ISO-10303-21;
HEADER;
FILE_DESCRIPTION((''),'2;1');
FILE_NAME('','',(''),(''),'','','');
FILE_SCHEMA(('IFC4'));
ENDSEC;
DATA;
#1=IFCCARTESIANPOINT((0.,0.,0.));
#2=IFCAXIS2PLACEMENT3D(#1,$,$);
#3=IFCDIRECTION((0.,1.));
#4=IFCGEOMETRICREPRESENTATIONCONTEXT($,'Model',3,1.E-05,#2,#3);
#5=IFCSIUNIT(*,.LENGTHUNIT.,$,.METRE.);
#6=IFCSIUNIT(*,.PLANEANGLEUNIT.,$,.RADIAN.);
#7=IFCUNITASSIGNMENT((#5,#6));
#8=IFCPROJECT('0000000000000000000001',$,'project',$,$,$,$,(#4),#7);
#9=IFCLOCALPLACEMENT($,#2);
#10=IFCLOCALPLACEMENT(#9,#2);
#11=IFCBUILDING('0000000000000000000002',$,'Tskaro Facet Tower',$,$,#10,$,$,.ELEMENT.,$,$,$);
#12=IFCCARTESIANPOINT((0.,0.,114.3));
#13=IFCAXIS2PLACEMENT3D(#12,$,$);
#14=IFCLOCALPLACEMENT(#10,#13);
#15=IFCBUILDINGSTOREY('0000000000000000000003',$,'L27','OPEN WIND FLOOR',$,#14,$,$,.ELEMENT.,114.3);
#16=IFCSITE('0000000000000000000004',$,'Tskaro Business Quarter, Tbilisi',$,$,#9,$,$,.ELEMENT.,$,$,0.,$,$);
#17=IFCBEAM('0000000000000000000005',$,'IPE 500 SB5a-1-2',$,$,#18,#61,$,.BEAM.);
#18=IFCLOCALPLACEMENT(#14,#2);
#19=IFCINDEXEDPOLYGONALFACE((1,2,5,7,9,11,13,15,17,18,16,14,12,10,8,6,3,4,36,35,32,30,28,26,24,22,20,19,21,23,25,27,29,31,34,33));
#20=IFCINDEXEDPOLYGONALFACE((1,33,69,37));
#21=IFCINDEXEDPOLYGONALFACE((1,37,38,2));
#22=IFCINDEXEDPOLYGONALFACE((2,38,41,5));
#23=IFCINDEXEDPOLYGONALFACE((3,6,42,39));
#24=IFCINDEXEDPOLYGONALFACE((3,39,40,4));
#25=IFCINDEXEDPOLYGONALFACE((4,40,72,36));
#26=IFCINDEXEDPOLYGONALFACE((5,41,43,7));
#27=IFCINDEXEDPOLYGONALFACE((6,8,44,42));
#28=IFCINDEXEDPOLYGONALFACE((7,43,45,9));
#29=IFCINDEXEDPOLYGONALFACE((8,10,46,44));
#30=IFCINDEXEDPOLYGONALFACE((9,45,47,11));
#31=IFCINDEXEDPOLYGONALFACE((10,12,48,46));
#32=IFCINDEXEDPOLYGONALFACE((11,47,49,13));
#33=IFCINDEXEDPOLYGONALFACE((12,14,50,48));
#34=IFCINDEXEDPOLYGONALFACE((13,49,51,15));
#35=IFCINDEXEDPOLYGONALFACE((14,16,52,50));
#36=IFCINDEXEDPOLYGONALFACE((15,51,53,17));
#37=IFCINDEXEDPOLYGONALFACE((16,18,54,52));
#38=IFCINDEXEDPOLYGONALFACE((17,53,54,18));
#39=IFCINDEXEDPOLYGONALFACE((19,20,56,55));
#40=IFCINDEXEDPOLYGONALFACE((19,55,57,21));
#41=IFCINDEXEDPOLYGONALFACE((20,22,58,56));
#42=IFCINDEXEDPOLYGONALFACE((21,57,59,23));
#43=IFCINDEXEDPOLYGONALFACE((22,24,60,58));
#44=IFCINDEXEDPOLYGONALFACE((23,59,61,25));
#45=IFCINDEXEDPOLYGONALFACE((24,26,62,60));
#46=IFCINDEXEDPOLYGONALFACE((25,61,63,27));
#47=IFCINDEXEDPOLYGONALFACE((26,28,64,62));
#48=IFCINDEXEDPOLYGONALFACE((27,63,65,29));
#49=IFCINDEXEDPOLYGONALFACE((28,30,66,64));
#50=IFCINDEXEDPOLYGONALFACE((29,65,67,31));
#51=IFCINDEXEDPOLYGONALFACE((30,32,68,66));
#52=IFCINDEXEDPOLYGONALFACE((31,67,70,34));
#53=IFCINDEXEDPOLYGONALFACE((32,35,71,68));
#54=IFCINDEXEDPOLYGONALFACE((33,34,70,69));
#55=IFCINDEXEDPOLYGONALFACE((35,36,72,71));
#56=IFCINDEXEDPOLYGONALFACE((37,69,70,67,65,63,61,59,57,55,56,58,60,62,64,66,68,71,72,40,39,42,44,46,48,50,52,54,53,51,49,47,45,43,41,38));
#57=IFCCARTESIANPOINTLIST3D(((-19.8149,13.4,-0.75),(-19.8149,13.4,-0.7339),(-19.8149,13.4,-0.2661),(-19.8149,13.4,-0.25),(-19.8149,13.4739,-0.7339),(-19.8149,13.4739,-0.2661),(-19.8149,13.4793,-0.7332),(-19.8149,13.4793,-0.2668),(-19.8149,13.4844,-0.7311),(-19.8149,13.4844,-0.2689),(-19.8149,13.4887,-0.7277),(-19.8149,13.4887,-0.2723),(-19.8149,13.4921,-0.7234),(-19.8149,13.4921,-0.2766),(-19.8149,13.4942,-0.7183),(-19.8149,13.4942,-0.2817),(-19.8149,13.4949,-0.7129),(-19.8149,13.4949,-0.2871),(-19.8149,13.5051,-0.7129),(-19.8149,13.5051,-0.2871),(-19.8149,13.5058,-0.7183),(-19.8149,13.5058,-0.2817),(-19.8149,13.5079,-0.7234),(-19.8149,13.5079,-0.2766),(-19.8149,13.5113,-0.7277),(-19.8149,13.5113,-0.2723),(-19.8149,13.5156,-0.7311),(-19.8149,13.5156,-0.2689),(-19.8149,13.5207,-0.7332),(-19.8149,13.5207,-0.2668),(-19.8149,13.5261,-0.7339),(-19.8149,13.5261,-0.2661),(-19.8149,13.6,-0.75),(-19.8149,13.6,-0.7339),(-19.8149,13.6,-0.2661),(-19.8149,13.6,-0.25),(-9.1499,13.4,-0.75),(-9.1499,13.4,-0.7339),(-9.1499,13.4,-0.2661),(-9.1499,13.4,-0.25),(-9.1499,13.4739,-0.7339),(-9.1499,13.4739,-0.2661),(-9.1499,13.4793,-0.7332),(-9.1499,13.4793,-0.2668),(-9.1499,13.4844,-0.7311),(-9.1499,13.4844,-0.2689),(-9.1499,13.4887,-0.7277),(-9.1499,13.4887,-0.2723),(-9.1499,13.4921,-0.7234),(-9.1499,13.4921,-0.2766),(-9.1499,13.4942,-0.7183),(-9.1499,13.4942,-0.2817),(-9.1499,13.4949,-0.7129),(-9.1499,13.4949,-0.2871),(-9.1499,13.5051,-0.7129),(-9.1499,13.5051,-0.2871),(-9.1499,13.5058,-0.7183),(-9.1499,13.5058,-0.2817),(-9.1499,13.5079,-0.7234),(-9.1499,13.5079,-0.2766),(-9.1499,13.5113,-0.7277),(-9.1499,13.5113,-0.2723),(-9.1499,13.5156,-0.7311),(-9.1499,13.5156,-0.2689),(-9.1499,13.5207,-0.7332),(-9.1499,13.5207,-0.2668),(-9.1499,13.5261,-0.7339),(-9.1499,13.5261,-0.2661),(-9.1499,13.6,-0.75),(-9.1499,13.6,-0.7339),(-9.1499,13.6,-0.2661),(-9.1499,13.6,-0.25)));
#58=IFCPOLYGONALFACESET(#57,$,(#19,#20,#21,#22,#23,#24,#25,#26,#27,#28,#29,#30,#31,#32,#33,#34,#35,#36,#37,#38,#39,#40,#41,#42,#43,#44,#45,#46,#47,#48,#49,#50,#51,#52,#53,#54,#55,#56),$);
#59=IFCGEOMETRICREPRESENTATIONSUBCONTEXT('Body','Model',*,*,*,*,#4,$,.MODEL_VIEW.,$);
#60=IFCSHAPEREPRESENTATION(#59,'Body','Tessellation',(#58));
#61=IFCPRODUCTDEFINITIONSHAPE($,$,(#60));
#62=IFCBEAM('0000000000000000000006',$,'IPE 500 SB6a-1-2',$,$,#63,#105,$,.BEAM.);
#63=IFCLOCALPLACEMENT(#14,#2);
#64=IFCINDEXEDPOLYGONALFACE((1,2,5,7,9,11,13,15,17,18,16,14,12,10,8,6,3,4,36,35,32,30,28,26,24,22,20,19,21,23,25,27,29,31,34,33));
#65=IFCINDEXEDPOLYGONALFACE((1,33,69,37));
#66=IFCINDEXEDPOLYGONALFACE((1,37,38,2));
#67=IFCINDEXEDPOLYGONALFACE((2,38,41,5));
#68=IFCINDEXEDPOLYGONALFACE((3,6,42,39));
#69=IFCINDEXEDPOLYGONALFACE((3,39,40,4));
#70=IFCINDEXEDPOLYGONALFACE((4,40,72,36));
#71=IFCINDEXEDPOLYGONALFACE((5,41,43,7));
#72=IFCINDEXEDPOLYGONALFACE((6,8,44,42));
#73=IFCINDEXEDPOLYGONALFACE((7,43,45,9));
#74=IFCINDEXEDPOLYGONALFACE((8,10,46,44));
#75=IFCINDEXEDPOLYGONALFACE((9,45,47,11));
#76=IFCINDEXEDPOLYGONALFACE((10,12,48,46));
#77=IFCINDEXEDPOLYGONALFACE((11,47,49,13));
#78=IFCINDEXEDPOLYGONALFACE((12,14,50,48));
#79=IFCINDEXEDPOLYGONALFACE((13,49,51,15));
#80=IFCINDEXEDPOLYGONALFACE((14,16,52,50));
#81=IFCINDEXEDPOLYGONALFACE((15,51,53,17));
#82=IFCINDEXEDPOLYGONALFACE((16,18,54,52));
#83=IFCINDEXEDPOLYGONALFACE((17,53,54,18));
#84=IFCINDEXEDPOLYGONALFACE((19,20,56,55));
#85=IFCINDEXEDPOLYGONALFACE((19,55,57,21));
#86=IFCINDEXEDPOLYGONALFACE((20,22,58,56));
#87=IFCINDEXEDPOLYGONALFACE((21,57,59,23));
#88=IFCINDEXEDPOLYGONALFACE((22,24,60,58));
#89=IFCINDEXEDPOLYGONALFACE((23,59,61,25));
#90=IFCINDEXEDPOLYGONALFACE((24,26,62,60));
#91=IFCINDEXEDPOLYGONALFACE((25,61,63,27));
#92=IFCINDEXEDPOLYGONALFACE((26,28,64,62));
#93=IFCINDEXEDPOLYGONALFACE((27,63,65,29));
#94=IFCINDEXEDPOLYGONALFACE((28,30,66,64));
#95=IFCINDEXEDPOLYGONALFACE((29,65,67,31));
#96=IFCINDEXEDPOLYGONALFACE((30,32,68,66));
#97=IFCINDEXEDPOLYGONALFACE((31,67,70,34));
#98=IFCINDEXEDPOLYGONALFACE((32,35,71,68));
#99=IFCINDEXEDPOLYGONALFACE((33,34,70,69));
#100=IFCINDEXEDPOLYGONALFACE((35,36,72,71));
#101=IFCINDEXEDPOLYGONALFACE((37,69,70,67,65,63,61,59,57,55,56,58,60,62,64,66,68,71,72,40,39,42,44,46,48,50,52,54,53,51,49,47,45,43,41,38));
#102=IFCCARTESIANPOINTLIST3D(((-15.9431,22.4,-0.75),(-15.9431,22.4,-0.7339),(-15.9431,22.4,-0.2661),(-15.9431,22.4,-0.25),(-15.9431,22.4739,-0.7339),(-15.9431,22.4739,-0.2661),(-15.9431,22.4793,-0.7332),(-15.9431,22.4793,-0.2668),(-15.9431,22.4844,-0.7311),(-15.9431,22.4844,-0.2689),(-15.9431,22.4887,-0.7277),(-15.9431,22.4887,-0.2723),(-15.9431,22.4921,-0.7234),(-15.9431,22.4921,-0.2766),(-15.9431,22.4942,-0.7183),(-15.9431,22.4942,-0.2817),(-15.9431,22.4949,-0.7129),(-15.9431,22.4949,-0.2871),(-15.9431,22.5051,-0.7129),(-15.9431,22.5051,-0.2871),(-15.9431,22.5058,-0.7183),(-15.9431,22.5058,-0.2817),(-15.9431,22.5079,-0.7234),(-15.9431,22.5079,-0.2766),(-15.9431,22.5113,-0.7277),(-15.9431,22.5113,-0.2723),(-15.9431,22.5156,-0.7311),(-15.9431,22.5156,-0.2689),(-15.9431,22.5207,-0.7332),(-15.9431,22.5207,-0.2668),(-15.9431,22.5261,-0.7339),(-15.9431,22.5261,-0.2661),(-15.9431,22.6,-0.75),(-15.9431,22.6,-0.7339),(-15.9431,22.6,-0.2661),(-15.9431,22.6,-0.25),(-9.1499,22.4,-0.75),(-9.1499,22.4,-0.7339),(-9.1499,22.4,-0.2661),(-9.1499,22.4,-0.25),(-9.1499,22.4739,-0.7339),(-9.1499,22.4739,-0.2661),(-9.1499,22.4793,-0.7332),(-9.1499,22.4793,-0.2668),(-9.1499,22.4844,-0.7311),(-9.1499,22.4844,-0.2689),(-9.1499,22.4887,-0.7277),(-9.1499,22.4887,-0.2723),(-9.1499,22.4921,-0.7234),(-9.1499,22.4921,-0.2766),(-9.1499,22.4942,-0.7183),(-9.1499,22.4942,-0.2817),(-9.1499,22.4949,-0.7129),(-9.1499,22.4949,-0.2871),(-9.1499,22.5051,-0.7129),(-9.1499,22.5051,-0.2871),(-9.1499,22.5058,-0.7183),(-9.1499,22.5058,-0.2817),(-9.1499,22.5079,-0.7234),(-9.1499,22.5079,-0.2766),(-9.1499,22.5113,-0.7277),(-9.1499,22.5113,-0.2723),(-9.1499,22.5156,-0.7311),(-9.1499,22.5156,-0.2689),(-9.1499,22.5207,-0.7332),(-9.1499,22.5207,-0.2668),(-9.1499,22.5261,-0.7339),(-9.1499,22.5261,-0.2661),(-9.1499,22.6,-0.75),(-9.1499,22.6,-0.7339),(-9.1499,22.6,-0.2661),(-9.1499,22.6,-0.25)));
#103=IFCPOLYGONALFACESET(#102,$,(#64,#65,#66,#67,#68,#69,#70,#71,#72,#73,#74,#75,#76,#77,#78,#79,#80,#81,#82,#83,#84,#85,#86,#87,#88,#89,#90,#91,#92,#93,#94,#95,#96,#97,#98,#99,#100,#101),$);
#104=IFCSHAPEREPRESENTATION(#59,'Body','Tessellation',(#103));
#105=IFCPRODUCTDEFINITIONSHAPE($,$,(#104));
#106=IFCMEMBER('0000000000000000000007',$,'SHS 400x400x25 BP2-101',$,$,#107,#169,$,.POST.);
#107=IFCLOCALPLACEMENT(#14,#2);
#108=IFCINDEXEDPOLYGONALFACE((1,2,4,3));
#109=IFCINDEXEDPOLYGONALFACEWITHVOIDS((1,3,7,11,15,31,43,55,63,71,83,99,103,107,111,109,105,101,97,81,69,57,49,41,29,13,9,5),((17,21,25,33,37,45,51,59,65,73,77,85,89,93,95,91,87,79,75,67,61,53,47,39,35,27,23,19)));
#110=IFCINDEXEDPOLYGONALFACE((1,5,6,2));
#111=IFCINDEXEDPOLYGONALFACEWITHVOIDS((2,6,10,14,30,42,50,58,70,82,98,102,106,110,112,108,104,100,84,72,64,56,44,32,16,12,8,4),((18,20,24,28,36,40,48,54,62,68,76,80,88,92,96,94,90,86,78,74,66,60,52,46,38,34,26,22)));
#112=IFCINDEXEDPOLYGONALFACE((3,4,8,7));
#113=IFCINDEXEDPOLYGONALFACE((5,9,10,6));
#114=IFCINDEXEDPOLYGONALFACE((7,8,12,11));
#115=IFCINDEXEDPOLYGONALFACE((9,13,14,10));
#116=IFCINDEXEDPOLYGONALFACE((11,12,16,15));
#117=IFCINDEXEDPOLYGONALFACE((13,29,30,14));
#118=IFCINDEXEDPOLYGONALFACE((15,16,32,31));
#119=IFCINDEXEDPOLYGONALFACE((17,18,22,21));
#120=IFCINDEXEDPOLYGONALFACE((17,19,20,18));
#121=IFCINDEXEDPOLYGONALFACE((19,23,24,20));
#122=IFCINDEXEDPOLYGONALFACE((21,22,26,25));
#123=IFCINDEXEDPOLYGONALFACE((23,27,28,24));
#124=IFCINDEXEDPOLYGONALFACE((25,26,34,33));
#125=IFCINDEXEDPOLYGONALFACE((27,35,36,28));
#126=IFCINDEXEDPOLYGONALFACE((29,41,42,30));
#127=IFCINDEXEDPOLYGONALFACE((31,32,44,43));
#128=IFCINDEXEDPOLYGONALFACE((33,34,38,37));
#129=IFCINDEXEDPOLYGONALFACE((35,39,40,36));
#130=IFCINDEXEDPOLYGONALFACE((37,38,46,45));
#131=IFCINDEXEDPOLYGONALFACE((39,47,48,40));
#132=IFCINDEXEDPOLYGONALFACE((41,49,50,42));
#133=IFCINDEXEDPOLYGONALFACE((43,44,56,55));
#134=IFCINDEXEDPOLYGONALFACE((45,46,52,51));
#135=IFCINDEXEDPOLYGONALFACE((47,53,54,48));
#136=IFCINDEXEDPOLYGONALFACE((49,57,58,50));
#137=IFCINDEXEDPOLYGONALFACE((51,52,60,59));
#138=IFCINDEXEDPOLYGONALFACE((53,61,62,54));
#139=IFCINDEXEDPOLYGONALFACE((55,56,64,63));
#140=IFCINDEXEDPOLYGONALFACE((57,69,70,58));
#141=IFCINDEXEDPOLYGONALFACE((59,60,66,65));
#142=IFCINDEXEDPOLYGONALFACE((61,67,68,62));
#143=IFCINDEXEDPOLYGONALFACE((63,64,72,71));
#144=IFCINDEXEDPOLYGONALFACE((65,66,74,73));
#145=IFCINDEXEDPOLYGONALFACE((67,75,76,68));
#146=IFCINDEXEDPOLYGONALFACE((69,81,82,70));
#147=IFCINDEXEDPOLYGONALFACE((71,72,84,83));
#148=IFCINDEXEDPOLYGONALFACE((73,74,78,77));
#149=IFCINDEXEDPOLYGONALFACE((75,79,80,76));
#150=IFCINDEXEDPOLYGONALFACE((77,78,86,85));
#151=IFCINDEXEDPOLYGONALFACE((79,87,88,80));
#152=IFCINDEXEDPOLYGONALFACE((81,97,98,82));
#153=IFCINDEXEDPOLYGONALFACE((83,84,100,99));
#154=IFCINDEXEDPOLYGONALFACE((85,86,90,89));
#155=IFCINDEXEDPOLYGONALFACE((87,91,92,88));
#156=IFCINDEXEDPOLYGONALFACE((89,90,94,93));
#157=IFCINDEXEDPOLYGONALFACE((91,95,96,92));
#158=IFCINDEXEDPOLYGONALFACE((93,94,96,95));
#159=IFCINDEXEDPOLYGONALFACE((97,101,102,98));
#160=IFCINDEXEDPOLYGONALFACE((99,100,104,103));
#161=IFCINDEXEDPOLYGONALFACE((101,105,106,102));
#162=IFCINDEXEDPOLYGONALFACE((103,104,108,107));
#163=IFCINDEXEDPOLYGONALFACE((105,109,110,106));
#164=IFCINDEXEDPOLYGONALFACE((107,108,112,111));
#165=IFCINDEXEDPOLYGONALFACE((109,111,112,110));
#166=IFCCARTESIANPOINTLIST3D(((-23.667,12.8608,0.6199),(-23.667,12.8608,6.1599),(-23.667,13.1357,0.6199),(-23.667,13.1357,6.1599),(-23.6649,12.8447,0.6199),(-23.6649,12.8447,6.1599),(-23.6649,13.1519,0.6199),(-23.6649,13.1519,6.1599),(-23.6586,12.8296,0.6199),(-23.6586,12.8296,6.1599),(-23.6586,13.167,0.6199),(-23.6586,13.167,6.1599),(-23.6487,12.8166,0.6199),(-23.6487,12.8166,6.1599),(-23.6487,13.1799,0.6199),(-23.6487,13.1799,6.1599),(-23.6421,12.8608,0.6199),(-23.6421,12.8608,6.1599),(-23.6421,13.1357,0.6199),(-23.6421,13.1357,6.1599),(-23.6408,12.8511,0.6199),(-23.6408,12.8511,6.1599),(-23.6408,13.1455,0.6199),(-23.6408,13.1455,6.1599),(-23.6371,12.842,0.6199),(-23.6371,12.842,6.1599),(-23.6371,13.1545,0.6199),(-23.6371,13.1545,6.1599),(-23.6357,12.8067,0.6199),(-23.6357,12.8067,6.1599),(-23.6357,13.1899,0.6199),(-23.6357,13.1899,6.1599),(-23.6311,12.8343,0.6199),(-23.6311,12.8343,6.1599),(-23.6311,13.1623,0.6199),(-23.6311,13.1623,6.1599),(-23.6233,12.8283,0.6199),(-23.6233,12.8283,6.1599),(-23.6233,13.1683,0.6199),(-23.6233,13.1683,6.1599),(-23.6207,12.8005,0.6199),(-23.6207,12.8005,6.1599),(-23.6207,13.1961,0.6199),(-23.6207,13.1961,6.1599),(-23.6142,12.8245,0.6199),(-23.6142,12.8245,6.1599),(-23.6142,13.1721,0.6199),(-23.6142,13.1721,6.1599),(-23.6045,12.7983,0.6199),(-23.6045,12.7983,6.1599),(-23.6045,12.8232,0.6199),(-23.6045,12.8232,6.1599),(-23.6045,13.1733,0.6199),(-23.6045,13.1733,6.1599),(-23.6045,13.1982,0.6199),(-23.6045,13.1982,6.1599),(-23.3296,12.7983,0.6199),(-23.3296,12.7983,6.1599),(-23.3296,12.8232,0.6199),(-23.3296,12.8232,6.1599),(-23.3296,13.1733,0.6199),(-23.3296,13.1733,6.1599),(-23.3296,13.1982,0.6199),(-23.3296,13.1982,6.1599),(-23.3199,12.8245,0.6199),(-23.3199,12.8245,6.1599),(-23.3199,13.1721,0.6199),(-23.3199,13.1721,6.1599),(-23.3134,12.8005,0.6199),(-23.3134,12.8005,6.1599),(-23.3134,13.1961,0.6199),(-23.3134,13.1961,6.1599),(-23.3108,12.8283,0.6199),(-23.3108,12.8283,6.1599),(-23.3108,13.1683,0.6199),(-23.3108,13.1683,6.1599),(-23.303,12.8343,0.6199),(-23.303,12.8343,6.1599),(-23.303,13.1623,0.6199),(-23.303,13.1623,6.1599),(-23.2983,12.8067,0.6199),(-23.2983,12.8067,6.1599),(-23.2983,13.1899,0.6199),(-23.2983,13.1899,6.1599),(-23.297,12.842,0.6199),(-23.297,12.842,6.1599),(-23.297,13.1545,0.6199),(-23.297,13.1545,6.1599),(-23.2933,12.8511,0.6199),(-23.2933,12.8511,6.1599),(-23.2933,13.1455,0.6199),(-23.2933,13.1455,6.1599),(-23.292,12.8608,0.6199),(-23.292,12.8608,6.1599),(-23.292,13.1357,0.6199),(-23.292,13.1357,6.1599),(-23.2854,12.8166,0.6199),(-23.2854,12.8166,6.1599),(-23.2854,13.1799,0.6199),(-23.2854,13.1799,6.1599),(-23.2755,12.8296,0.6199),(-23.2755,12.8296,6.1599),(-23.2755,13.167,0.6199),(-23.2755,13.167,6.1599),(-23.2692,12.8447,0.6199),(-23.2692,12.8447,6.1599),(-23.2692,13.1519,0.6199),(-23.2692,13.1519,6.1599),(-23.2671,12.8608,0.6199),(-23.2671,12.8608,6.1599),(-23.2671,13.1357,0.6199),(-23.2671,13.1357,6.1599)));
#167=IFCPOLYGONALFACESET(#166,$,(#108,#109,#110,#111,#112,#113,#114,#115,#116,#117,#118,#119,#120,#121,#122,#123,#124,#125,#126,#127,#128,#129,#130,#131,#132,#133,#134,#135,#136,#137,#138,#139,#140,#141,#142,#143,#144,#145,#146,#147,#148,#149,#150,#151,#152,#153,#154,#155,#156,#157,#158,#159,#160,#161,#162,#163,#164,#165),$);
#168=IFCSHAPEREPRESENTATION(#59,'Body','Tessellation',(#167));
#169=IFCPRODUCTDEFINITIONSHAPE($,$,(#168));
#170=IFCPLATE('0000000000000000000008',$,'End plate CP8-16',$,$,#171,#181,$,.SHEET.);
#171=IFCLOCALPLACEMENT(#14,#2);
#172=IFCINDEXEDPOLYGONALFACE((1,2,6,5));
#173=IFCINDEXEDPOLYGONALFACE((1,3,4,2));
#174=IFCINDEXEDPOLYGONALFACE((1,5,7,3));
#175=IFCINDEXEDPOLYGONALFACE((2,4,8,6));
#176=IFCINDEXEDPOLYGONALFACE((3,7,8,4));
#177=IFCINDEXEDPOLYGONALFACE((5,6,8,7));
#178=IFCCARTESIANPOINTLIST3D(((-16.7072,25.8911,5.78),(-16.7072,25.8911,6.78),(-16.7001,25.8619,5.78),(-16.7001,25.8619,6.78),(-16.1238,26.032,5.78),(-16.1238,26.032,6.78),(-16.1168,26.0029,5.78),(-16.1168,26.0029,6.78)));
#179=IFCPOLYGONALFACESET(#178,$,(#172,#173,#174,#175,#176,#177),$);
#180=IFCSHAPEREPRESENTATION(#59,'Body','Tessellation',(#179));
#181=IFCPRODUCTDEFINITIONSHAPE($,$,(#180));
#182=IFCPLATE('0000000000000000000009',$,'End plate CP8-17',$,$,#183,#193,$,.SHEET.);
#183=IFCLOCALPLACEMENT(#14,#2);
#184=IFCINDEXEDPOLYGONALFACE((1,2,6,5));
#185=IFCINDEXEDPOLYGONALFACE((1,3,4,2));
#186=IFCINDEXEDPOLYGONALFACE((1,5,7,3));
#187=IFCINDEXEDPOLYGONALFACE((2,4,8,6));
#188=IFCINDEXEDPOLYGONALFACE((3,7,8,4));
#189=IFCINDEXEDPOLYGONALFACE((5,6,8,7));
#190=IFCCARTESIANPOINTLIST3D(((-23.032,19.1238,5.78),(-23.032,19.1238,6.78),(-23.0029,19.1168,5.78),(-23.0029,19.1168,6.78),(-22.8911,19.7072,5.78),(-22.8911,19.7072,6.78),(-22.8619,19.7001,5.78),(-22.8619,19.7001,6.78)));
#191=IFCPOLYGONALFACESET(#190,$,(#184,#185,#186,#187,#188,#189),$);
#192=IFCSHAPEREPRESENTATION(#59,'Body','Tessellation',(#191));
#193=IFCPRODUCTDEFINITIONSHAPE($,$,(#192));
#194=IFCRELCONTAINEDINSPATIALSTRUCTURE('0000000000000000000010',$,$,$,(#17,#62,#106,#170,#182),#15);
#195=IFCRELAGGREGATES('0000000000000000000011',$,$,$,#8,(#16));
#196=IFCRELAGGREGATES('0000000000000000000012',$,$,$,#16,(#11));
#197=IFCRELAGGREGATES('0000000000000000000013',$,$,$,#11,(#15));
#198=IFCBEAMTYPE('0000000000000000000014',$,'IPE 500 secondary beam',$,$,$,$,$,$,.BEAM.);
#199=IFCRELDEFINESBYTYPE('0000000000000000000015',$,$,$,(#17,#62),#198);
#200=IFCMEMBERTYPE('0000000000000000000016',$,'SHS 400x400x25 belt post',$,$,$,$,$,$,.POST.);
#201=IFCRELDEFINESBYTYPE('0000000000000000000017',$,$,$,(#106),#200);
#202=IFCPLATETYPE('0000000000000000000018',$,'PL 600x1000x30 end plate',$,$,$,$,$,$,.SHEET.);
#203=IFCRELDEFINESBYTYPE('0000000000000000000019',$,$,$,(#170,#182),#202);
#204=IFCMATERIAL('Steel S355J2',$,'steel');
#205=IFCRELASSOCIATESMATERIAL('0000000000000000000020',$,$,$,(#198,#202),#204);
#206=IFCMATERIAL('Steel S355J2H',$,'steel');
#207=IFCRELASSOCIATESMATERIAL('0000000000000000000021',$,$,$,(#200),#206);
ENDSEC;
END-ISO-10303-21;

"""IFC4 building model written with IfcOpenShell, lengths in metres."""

from ifc_helpers import new_model, si_unit, direction, frame, origin, origin_2d, place, context, subcontext, project, spatial, rectangle, hollow_rectangle, i_section, extrude, material, material_profile, profile_set, type_object, element, save


model = new_model("IFC4")

# Units and contexts
model_context = context("Model", 3, precision=1e-05, world=origin(), true_north=direction((0.0, 1.0)))
body_context = subcontext(model_context, "Body", "Model", "MODEL_VIEW")
ifc_project = project(units=[si_unit("LENGTHUNIT", "METRE"), si_unit("PLANEANGLEUNIT", "RADIAN")], contexts=[model_context])

# Site, building, storey
site_placement = place(None, origin())
site = spatial("IfcSite", under=ifc_project, at=site_placement, Name="Tskaro Business Quarter, Tbilisi", CompositionType="ELEMENT", RefElevation=0.0)
building_placement = place(site_placement, origin())
building = spatial("IfcBuilding", under=site, at=building_placement, Name="Tskaro Facet Tower", CompositionType="ELEMENT")
storey_placement = place(building_placement, frame((0.0, 0.0, 114.3)))
storey = spatial("IfcBuildingStorey", under=building, at=storey_placement, Name="L27", Description="OPEN WIND FLOOR", CompositionType="ELEMENT", Elevation=114.3)

# Shared definitions
ifc_material_1 = material(Name="Steel S355J2H", Category="steel")

# Shared definitions
ifc_material_2 = material(Name="Steel S355J2", Category="steel")

# Beams
ifc_material_profile_1 = material_profile(ifc_material_2, i_section(OverallWidth=0.2, OverallDepth=0.5, WebThickness=0.0103, FlangeThickness=0.0161, FilletRadius=0.021, at=origin_2d()), Name="IPE 500")
ifc_profile_set_1 = profile_set([ifc_material_profile_1], Name="Steel S355J2")
beam_type_1 = type_object("IfcBeamType", Name="IPE 500 secondary beam", PredefinedType="BEAM", material=ifc_profile_set_1)
beam_1_placement = place(storey_placement, frame((-19.8149, 13.5, -0.5), z_axis=(1.0, 0.0, 0.0), x_axis=(0.0, 1.0, 0.0)))
element("IfcBeam", 1, at=beam_1_placement, inside=storey, type_object=beam_type_1, Name="IPE 500 SB5a-1-2", PredefinedType="BEAM", context=body_context, shape_type="SweptSolid", body=[
    extrude(i_section(OverallWidth=0.2, OverallDepth=0.5, WebThickness=0.0103, FlangeThickness=0.0161, FilletRadius=0.021, at=origin_2d()), origin(), (0.0, 0.0, 1.0), 10.665),
])
beam_2_placement = place(storey_placement, frame((-15.9431, 22.5, -0.5), z_axis=(1.0, 0.0, 0.0), x_axis=(0.0, 1.0, 0.0)))
element("IfcBeam", 2, at=beam_2_placement, inside=storey, type_object=beam_type_1, Name="IPE 500 SB6a-1-2", PredefinedType="BEAM", context=body_context, shape_type="SweptSolid", body=[
    extrude(i_section(OverallWidth=0.2, OverallDepth=0.5, WebThickness=0.0103, FlangeThickness=0.0161, FilletRadius=0.021, at=origin_2d()), origin(), (0.0, 0.0, 1.0), 6.7932),
])

# Member
ifc_material_profile_2 = material_profile(ifc_material_1, hollow_rectangle(XDim=0.3999, YDim=0.3999, WallThickness=0.0249, InnerFilletRadius=0.0376, OuterFilletRadius=0.0625, at=origin_2d()), Name="SHS 400x400x25")
ifc_profile_set_2 = profile_set([ifc_material_profile_2], Name="Steel S355J2H")
member_type_1 = type_object("IfcMemberType", Name="SHS 400x400x25 belt post", PredefinedType="POST", material=ifc_profile_set_2)
member_1_placement = place(storey_placement, frame((-23.467, 12.9983, 0.6199), z_axis=(0.0, 0.0, 1.0), x_axis=(1.0, 0.0, 0.0)))
element("IfcMember", 3, at=member_1_placement, inside=storey, type_object=member_type_1, Name="SHS 400x400x25 BP2-101", PredefinedType="POST", context=body_context, shape_type="SweptSolid", body=[
    extrude(hollow_rectangle(XDim=0.3999, YDim=0.3999, WallThickness=0.0249, InnerFilletRadius=0.0376, OuterFilletRadius=0.0625, at=origin_2d()), origin(), (0.0, 0.0, 1.0), 5.54),
])

# Plates
ifc_material_profile_3 = material_profile(ifc_material_2, rectangle(XDim=0.6001, YDim=1.0, at=origin_2d()), Name="PL 600x1000x30 end plate")
ifc_profile_set_3 = profile_set([ifc_material_profile_3], Name="Steel S355J2")
plate_type = type_object("IfcPlateType", Name="PL 600x1000x30 end plate", PredefinedType="SHEET", material=ifc_profile_set_3)
for number, where, z_axis, x_axis, name in (
    (4, (-16.4084, 25.9324, 6.28), (-0.234904, 0.972018, 0.0), (-0.972018, -0.234904, 0.0), "End plate CP8-16"),
    (5, (-22.9324, 19.4084, 6.28), (-0.972018, 0.234904, 0.0), (-0.234904, -0.972018, 0.0), "End plate CP8-17"),
):
    element("IfcPlate", number, at=place(storey_placement, frame(where, z_axis=z_axis, x_axis=x_axis)), inside=storey, type_object=plate_type, Name=name, PredefinedType="SHEET", context=body_context, shape_type="SweptSolid", body=[
        extrude(rectangle(XDim=0.6001, YDim=1.0, at=origin_2d()), origin(), (0.0, 0.0, 1.0), 0.03),
    ])

save(model, "model.ifc")
